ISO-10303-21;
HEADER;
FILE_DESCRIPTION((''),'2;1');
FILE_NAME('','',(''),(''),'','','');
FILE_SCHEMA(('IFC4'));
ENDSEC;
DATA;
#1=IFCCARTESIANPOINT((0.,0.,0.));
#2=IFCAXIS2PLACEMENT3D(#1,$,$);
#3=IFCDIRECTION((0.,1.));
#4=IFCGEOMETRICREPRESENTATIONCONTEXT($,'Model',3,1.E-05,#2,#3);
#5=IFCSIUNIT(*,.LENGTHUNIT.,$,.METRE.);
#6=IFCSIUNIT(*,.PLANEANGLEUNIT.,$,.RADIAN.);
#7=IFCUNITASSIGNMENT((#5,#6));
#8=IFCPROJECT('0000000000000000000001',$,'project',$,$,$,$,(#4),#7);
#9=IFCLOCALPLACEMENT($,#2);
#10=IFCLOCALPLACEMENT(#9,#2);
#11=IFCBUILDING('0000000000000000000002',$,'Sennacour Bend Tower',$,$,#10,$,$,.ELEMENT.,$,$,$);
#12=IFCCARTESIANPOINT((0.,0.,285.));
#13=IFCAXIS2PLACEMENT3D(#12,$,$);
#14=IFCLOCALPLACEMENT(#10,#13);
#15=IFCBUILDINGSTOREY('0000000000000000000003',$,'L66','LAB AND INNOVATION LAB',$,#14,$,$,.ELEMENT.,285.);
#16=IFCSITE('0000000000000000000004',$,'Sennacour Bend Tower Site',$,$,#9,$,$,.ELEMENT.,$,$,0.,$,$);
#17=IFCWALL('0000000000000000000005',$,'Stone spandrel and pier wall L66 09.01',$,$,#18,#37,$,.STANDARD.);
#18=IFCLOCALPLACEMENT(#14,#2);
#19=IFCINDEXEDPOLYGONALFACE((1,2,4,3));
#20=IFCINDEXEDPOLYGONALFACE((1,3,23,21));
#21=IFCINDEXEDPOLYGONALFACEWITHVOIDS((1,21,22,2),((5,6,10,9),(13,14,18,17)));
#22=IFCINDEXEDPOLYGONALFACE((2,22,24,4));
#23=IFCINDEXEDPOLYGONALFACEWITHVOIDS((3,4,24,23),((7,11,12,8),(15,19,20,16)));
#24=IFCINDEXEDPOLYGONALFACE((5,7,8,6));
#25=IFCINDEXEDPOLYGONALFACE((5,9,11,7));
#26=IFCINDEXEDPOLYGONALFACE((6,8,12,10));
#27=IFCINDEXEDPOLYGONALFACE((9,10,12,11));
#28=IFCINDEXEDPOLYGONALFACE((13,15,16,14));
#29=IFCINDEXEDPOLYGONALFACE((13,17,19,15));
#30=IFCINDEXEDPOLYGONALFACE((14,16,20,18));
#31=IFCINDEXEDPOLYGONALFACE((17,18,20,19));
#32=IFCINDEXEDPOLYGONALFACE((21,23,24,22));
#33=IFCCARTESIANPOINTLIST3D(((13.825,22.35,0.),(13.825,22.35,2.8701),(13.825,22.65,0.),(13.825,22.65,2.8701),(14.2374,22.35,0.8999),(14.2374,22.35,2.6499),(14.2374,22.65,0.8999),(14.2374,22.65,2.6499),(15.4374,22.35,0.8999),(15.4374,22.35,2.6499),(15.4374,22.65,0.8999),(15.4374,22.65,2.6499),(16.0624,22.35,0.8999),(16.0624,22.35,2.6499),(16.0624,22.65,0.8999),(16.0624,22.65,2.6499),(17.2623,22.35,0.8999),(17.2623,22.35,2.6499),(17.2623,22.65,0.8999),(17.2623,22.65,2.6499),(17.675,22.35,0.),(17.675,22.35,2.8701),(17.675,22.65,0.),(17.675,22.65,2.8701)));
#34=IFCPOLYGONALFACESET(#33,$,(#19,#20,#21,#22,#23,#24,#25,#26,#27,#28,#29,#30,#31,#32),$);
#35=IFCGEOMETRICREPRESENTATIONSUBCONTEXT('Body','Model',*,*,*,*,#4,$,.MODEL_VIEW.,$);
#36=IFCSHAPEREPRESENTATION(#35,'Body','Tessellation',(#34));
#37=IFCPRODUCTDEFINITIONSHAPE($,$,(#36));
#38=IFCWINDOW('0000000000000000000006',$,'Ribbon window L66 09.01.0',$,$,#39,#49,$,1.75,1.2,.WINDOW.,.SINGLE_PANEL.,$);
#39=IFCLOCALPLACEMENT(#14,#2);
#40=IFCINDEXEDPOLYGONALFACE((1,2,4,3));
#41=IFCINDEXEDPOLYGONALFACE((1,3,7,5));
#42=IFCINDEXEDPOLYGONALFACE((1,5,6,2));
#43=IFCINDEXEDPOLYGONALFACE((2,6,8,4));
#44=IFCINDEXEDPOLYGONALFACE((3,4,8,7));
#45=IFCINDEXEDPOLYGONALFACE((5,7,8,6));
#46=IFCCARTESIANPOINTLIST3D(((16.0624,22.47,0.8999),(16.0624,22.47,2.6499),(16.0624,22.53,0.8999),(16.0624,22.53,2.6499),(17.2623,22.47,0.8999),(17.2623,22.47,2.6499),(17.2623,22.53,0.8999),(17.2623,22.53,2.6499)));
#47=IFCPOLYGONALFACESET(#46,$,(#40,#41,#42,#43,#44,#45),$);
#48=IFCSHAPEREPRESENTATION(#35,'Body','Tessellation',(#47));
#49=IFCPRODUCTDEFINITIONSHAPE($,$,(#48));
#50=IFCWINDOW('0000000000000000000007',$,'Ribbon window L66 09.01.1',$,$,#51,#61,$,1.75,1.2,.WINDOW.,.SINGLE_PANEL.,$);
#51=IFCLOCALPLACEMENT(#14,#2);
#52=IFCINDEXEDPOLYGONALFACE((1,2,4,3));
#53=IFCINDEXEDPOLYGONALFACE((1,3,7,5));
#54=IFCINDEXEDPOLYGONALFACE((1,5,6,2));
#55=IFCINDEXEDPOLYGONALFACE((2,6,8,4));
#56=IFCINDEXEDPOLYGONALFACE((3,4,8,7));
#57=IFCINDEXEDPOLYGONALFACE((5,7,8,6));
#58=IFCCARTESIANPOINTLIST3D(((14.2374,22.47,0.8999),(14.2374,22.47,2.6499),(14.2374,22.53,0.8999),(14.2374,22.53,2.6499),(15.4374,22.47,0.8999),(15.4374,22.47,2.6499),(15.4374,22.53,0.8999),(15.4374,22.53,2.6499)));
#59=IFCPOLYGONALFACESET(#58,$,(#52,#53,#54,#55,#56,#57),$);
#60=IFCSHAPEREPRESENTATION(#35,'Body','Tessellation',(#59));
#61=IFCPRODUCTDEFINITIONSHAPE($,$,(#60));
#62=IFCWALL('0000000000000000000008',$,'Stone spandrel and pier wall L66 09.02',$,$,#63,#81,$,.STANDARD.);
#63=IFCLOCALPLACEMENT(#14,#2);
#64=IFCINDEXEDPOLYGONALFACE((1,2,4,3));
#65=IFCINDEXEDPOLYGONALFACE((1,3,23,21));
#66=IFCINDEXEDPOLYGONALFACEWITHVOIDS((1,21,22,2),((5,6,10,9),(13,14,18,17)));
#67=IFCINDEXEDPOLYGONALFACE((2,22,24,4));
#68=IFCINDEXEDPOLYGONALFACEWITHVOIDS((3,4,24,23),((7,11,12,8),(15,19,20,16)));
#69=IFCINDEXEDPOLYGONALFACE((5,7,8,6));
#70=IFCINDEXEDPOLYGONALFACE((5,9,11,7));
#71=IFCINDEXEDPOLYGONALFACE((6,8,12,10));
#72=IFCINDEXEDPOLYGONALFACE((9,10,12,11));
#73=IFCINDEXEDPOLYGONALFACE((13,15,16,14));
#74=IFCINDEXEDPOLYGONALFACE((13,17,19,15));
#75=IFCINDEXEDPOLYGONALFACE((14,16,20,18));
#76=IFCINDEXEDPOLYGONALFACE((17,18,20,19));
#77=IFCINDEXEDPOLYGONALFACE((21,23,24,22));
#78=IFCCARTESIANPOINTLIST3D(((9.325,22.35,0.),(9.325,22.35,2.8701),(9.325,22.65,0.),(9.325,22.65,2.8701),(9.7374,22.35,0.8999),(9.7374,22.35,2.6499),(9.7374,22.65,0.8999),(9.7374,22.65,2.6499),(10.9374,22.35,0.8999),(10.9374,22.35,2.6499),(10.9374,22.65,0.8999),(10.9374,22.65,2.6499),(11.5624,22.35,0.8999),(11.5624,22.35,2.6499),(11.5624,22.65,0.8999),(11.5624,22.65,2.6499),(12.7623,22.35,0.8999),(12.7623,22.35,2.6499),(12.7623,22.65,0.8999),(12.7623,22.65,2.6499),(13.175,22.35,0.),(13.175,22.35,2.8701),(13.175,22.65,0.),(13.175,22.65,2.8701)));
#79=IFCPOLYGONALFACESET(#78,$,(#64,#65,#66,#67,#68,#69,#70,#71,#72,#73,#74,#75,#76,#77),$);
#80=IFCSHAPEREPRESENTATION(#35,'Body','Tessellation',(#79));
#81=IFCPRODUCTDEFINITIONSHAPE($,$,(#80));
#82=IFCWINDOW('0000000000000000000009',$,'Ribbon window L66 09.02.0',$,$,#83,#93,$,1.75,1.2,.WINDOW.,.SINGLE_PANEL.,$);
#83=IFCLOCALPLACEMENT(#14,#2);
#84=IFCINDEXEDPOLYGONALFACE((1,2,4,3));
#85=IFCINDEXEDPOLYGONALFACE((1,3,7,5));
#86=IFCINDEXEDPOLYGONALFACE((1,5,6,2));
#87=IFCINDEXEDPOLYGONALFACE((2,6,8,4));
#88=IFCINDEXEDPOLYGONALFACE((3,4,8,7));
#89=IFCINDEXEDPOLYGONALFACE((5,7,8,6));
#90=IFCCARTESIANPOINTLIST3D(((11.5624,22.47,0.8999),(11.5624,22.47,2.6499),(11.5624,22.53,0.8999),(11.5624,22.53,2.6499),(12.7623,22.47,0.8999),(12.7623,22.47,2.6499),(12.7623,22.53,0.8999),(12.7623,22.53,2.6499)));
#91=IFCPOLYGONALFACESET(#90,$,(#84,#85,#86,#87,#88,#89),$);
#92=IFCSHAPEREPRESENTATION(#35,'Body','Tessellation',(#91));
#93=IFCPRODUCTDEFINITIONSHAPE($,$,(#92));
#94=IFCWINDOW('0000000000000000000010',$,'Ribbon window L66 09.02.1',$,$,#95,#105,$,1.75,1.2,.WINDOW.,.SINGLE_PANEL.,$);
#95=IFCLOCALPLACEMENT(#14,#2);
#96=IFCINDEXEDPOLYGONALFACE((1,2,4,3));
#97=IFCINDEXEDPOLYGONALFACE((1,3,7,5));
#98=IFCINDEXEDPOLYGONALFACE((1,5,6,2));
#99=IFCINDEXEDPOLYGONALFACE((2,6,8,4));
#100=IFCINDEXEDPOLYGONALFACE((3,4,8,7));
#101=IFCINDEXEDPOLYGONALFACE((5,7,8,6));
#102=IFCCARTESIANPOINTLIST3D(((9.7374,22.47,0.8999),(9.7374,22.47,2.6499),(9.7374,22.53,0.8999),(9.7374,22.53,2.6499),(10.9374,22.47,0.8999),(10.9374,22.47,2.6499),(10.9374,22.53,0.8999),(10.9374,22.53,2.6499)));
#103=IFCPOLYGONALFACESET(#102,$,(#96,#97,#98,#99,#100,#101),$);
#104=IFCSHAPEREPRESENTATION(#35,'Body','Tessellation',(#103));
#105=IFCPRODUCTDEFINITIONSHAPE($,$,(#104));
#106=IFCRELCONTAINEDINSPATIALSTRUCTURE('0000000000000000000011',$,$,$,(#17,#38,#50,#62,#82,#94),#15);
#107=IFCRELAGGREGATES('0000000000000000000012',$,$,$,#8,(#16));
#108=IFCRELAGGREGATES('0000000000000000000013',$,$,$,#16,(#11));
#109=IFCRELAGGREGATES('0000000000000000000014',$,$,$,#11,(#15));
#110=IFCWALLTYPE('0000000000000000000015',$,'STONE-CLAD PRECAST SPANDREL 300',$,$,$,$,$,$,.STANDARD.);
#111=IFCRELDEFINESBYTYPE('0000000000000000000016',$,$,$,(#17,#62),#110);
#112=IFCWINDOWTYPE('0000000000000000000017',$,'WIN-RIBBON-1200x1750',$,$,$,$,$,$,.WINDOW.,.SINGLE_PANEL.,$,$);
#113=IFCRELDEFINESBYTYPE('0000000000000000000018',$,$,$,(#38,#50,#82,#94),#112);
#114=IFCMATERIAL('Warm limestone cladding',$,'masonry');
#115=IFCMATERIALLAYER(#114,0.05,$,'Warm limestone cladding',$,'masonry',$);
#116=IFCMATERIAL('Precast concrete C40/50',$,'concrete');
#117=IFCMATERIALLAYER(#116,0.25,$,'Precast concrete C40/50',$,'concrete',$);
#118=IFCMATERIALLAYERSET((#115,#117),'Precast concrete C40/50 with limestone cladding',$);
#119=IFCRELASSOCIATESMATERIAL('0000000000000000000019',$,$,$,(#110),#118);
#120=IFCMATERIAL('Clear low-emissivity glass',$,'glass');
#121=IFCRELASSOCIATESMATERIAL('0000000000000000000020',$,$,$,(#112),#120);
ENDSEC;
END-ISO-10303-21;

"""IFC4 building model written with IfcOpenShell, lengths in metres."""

from ifc_helpers import new_model, si_unit, direction, frame, frame_2d, origin, place, context, subcontext, project, spatial, rectangle, extrude, material, layer, layer_set, type_object, element, fill, save


model = new_model("IFC4")

# Units and contexts
model_context = context("Model", 3, precision=1e-05, world=origin(), true_north=direction((0.0, 1.0)))
body_context = subcontext(model_context, "Body", "Model", "MODEL_VIEW")
ifc_project = project(units=[si_unit("LENGTHUNIT", "METRE"), si_unit("PLANEANGLEUNIT", "RADIAN")], contexts=[model_context])

# Site, building, storey
site_placement = place(None, origin())
site = spatial("IfcSite", under=ifc_project, at=site_placement, Name="Sennacour Bend Tower Site", CompositionType="ELEMENT", RefElevation=0.0)
building_placement = place(site_placement, origin())
building = spatial("IfcBuilding", under=site, at=building_placement, Name="Sennacour Bend Tower", CompositionType="ELEMENT")
storey_placement = place(building_placement, frame((0.0, 0.0, 285.0)))
storey = spatial("IfcBuildingStorey", under=building, at=storey_placement, Name="L66", Description="LAB AND INNOVATION LAB", CompositionType="ELEMENT", Elevation=285.0)

# Walls, openings, windows
ifc_material_1 = material(Name="Warm limestone cladding", Category="masonry")
ifc_layer_1 = layer(ifc_material_1, 0.05, Name="Warm limestone cladding", Category="masonry")
ifc_material_2 = material(Name="Precast concrete C40/50", Category="concrete")
ifc_layer_2 = layer(ifc_material_2, 0.25, Name="Precast concrete C40/50", Category="concrete")
ifc_layer_set_1 = layer_set([ifc_layer_1, ifc_layer_2], Name="Precast concrete C40/50 with limestone cladding")
wall_type_1 = type_object("IfcWallType", Name="STONE-CLAD PRECAST SPANDREL 300", PredefinedType="STANDARD", material=ifc_layer_set_1)
wall_1_placement = place(storey_placement, frame((17.675, 22.5, 0.0), z_axis=(0.0, 0.0, 1.0), x_axis=(-1.0, 0.0, 0.0)))
wall_1 = element("IfcWall", 1, at=wall_1_placement, inside=storey, type_object=wall_type_1, Name="Stone spandrel and pier wall L66 09.01", PredefinedType="STANDARD", context=body_context, shape_type="SweptSolid", body=[
    extrude(rectangle(XDim=3.8501, YDim=0.3, at=frame_2d((1.925, 0.0))), origin(), (0.0, 0.0, 1.0), 2.8701),
])
opening_1_placement = place(wall_1_placement, frame((0.4126, 0.0, 0.8999)))
opening_1 = element("IfcOpeningElement", 2, at=opening_1_placement, cuts=wall_1, PredefinedType="OPENING", context=body_context, shape_type="SweptSolid", body=[
    extrude(rectangle(XDim=1.2, YDim=1.75, at=frame_2d((0.6001, 0.875))), frame((0.0, 0.1602, 0.0), z_axis=(0.0, -1.0, 0.0), x_axis=(1.0, 0.0, 0.0)), (0.0, 0.0, 1.0), 0.3201),
])
opening_2_placement = place(wall_1_placement, frame((2.2375, 0.0, 0.8999)))
opening_2 = element("IfcOpeningElement", 3, at=opening_2_placement, cuts=wall_1, PredefinedType="OPENING", context=body_context, shape_type="SweptSolid", body=[
    extrude(rectangle(XDim=1.2, YDim=1.75, at=frame_2d((0.6001, 0.875))), frame((0.0, 0.1602, 0.0), z_axis=(0.0, -1.0, 0.0), x_axis=(1.0, 0.0, 0.0)), (0.0, 0.0, 1.0), 0.3201),
])
ifc_material_3 = material(Name="Clear low-emissivity glass", Category="glass")
window_type = type_object("IfcWindowType", Name="WIN-RIBBON-1200x1750", PartitioningType="SINGLE_PANEL", PredefinedType="WINDOW", material=ifc_material_3)
window_1_placement = place(opening_1_placement, origin())
window_1 = element("IfcWindow", 4, at=window_1_placement, inside=storey, type_object=window_type, Name="Ribbon window L66 09.01.0", OverallHeight=1.75, OverallWidth=1.2, PartitioningType="SINGLE_PANEL", PredefinedType="WINDOW", context=body_context, shape_type="SweptSolid", body=[
    extrude(rectangle(XDim=1.2, YDim=1.75, at=frame_2d((0.6001, 0.875))), frame((0.0, 0.03, 0.0), z_axis=(0.0, -1.0, 0.0), x_axis=(1.0, 0.0, 0.0)), (0.0, 0.0, 1.0), 0.0601),
])
fill(opening_1, window_1)
window_2_placement = place(opening_2_placement, origin())
window_2 = element("IfcWindow", 5, at=window_2_placement, inside=storey, type_object=window_type, Name="Ribbon window L66 09.01.1", OverallHeight=1.75, OverallWidth=1.2, PartitioningType="SINGLE_PANEL", PredefinedType="WINDOW", context=body_context, shape_type="SweptSolid", body=[
    extrude(rectangle(XDim=1.2, YDim=1.75, at=frame_2d((0.6001, 0.875))), frame((0.0, 0.03, 0.0), z_axis=(0.0, -1.0, 0.0), x_axis=(1.0, 0.0, 0.0)), (0.0, 0.0, 1.0), 0.0601),
])
fill(opening_2, window_2)
wall_2_placement = place(storey_placement, frame((13.175, 22.5, 0.0), z_axis=(0.0, 0.0, 1.0), x_axis=(-1.0, 0.0, 0.0)))
wall_2 = element("IfcWall", 6, at=wall_2_placement, inside=storey, type_object=wall_type_1, Name="Stone spandrel and pier wall L66 09.02", PredefinedType="STANDARD", context=body_context, shape_type="SweptSolid", body=[
    extrude(rectangle(XDim=3.8501, YDim=0.3, at=frame_2d((1.925, 0.0))), origin(), (0.0, 0.0, 1.0), 2.8701),
])
opening_3_placement = place(wall_2_placement, frame((0.4126, 0.0, 0.8999)))
opening_3 = element("IfcOpeningElement", 7, at=opening_3_placement, cuts=wall_2, PredefinedType="OPENING", context=body_context, shape_type="SweptSolid", body=[
    extrude(rectangle(XDim=1.2, YDim=1.75, at=frame_2d((0.6001, 0.875))), frame((0.0, 0.1602, 0.0), z_axis=(0.0, -1.0, 0.0), x_axis=(1.0, 0.0, 0.0)), (0.0, 0.0, 1.0), 0.3201),
])
opening_4_placement = place(wall_2_placement, frame((2.2375, 0.0, 0.8999)))
opening_4 = element("IfcOpeningElement", 8, at=opening_4_placement, cuts=wall_2, PredefinedType="OPENING", context=body_context, shape_type="SweptSolid", body=[
    extrude(rectangle(XDim=1.2, YDim=1.75, at=frame_2d((0.6001, 0.875))), frame((0.0, 0.1602, 0.0), z_axis=(0.0, -1.0, 0.0), x_axis=(1.0, 0.0, 0.0)), (0.0, 0.0, 1.0), 0.3201),
])
window_3_placement = place(opening_3_placement, origin())
window_3 = element("IfcWindow", 9, at=window_3_placement, inside=storey, type_object=window_type, Name="Ribbon window L66 09.02.0", OverallHeight=1.75, OverallWidth=1.2, PartitioningType="SINGLE_PANEL", PredefinedType="WINDOW", context=body_context, shape_type="SweptSolid", body=[
    extrude(rectangle(XDim=1.2, YDim=1.75, at=frame_2d((0.6001, 0.875))), frame((0.0, 0.03, 0.0), z_axis=(0.0, -1.0, 0.0), x_axis=(1.0, 0.0, 0.0)), (0.0, 0.0, 1.0), 0.0601),
])
fill(opening_3, window_3)
window_4_placement = place(opening_4_placement, origin())
window_4 = element("IfcWindow", 10, at=window_4_placement, inside=storey, type_object=window_type, Name="Ribbon window L66 09.02.1", OverallHeight=1.75, OverallWidth=1.2, PartitioningType="SINGLE_PANEL", PredefinedType="WINDOW", context=body_context, shape_type="SweptSolid", body=[
    extrude(rectangle(XDim=1.2, YDim=1.75, at=frame_2d((0.6001, 0.875))), frame((0.0, 0.03, 0.0), z_axis=(0.0, -1.0, 0.0), x_axis=(1.0, 0.0, 0.0)), (0.0, 0.0, 1.0), 0.0601),
])
fill(opening_4, window_4)

save(model, "model.ifc")
